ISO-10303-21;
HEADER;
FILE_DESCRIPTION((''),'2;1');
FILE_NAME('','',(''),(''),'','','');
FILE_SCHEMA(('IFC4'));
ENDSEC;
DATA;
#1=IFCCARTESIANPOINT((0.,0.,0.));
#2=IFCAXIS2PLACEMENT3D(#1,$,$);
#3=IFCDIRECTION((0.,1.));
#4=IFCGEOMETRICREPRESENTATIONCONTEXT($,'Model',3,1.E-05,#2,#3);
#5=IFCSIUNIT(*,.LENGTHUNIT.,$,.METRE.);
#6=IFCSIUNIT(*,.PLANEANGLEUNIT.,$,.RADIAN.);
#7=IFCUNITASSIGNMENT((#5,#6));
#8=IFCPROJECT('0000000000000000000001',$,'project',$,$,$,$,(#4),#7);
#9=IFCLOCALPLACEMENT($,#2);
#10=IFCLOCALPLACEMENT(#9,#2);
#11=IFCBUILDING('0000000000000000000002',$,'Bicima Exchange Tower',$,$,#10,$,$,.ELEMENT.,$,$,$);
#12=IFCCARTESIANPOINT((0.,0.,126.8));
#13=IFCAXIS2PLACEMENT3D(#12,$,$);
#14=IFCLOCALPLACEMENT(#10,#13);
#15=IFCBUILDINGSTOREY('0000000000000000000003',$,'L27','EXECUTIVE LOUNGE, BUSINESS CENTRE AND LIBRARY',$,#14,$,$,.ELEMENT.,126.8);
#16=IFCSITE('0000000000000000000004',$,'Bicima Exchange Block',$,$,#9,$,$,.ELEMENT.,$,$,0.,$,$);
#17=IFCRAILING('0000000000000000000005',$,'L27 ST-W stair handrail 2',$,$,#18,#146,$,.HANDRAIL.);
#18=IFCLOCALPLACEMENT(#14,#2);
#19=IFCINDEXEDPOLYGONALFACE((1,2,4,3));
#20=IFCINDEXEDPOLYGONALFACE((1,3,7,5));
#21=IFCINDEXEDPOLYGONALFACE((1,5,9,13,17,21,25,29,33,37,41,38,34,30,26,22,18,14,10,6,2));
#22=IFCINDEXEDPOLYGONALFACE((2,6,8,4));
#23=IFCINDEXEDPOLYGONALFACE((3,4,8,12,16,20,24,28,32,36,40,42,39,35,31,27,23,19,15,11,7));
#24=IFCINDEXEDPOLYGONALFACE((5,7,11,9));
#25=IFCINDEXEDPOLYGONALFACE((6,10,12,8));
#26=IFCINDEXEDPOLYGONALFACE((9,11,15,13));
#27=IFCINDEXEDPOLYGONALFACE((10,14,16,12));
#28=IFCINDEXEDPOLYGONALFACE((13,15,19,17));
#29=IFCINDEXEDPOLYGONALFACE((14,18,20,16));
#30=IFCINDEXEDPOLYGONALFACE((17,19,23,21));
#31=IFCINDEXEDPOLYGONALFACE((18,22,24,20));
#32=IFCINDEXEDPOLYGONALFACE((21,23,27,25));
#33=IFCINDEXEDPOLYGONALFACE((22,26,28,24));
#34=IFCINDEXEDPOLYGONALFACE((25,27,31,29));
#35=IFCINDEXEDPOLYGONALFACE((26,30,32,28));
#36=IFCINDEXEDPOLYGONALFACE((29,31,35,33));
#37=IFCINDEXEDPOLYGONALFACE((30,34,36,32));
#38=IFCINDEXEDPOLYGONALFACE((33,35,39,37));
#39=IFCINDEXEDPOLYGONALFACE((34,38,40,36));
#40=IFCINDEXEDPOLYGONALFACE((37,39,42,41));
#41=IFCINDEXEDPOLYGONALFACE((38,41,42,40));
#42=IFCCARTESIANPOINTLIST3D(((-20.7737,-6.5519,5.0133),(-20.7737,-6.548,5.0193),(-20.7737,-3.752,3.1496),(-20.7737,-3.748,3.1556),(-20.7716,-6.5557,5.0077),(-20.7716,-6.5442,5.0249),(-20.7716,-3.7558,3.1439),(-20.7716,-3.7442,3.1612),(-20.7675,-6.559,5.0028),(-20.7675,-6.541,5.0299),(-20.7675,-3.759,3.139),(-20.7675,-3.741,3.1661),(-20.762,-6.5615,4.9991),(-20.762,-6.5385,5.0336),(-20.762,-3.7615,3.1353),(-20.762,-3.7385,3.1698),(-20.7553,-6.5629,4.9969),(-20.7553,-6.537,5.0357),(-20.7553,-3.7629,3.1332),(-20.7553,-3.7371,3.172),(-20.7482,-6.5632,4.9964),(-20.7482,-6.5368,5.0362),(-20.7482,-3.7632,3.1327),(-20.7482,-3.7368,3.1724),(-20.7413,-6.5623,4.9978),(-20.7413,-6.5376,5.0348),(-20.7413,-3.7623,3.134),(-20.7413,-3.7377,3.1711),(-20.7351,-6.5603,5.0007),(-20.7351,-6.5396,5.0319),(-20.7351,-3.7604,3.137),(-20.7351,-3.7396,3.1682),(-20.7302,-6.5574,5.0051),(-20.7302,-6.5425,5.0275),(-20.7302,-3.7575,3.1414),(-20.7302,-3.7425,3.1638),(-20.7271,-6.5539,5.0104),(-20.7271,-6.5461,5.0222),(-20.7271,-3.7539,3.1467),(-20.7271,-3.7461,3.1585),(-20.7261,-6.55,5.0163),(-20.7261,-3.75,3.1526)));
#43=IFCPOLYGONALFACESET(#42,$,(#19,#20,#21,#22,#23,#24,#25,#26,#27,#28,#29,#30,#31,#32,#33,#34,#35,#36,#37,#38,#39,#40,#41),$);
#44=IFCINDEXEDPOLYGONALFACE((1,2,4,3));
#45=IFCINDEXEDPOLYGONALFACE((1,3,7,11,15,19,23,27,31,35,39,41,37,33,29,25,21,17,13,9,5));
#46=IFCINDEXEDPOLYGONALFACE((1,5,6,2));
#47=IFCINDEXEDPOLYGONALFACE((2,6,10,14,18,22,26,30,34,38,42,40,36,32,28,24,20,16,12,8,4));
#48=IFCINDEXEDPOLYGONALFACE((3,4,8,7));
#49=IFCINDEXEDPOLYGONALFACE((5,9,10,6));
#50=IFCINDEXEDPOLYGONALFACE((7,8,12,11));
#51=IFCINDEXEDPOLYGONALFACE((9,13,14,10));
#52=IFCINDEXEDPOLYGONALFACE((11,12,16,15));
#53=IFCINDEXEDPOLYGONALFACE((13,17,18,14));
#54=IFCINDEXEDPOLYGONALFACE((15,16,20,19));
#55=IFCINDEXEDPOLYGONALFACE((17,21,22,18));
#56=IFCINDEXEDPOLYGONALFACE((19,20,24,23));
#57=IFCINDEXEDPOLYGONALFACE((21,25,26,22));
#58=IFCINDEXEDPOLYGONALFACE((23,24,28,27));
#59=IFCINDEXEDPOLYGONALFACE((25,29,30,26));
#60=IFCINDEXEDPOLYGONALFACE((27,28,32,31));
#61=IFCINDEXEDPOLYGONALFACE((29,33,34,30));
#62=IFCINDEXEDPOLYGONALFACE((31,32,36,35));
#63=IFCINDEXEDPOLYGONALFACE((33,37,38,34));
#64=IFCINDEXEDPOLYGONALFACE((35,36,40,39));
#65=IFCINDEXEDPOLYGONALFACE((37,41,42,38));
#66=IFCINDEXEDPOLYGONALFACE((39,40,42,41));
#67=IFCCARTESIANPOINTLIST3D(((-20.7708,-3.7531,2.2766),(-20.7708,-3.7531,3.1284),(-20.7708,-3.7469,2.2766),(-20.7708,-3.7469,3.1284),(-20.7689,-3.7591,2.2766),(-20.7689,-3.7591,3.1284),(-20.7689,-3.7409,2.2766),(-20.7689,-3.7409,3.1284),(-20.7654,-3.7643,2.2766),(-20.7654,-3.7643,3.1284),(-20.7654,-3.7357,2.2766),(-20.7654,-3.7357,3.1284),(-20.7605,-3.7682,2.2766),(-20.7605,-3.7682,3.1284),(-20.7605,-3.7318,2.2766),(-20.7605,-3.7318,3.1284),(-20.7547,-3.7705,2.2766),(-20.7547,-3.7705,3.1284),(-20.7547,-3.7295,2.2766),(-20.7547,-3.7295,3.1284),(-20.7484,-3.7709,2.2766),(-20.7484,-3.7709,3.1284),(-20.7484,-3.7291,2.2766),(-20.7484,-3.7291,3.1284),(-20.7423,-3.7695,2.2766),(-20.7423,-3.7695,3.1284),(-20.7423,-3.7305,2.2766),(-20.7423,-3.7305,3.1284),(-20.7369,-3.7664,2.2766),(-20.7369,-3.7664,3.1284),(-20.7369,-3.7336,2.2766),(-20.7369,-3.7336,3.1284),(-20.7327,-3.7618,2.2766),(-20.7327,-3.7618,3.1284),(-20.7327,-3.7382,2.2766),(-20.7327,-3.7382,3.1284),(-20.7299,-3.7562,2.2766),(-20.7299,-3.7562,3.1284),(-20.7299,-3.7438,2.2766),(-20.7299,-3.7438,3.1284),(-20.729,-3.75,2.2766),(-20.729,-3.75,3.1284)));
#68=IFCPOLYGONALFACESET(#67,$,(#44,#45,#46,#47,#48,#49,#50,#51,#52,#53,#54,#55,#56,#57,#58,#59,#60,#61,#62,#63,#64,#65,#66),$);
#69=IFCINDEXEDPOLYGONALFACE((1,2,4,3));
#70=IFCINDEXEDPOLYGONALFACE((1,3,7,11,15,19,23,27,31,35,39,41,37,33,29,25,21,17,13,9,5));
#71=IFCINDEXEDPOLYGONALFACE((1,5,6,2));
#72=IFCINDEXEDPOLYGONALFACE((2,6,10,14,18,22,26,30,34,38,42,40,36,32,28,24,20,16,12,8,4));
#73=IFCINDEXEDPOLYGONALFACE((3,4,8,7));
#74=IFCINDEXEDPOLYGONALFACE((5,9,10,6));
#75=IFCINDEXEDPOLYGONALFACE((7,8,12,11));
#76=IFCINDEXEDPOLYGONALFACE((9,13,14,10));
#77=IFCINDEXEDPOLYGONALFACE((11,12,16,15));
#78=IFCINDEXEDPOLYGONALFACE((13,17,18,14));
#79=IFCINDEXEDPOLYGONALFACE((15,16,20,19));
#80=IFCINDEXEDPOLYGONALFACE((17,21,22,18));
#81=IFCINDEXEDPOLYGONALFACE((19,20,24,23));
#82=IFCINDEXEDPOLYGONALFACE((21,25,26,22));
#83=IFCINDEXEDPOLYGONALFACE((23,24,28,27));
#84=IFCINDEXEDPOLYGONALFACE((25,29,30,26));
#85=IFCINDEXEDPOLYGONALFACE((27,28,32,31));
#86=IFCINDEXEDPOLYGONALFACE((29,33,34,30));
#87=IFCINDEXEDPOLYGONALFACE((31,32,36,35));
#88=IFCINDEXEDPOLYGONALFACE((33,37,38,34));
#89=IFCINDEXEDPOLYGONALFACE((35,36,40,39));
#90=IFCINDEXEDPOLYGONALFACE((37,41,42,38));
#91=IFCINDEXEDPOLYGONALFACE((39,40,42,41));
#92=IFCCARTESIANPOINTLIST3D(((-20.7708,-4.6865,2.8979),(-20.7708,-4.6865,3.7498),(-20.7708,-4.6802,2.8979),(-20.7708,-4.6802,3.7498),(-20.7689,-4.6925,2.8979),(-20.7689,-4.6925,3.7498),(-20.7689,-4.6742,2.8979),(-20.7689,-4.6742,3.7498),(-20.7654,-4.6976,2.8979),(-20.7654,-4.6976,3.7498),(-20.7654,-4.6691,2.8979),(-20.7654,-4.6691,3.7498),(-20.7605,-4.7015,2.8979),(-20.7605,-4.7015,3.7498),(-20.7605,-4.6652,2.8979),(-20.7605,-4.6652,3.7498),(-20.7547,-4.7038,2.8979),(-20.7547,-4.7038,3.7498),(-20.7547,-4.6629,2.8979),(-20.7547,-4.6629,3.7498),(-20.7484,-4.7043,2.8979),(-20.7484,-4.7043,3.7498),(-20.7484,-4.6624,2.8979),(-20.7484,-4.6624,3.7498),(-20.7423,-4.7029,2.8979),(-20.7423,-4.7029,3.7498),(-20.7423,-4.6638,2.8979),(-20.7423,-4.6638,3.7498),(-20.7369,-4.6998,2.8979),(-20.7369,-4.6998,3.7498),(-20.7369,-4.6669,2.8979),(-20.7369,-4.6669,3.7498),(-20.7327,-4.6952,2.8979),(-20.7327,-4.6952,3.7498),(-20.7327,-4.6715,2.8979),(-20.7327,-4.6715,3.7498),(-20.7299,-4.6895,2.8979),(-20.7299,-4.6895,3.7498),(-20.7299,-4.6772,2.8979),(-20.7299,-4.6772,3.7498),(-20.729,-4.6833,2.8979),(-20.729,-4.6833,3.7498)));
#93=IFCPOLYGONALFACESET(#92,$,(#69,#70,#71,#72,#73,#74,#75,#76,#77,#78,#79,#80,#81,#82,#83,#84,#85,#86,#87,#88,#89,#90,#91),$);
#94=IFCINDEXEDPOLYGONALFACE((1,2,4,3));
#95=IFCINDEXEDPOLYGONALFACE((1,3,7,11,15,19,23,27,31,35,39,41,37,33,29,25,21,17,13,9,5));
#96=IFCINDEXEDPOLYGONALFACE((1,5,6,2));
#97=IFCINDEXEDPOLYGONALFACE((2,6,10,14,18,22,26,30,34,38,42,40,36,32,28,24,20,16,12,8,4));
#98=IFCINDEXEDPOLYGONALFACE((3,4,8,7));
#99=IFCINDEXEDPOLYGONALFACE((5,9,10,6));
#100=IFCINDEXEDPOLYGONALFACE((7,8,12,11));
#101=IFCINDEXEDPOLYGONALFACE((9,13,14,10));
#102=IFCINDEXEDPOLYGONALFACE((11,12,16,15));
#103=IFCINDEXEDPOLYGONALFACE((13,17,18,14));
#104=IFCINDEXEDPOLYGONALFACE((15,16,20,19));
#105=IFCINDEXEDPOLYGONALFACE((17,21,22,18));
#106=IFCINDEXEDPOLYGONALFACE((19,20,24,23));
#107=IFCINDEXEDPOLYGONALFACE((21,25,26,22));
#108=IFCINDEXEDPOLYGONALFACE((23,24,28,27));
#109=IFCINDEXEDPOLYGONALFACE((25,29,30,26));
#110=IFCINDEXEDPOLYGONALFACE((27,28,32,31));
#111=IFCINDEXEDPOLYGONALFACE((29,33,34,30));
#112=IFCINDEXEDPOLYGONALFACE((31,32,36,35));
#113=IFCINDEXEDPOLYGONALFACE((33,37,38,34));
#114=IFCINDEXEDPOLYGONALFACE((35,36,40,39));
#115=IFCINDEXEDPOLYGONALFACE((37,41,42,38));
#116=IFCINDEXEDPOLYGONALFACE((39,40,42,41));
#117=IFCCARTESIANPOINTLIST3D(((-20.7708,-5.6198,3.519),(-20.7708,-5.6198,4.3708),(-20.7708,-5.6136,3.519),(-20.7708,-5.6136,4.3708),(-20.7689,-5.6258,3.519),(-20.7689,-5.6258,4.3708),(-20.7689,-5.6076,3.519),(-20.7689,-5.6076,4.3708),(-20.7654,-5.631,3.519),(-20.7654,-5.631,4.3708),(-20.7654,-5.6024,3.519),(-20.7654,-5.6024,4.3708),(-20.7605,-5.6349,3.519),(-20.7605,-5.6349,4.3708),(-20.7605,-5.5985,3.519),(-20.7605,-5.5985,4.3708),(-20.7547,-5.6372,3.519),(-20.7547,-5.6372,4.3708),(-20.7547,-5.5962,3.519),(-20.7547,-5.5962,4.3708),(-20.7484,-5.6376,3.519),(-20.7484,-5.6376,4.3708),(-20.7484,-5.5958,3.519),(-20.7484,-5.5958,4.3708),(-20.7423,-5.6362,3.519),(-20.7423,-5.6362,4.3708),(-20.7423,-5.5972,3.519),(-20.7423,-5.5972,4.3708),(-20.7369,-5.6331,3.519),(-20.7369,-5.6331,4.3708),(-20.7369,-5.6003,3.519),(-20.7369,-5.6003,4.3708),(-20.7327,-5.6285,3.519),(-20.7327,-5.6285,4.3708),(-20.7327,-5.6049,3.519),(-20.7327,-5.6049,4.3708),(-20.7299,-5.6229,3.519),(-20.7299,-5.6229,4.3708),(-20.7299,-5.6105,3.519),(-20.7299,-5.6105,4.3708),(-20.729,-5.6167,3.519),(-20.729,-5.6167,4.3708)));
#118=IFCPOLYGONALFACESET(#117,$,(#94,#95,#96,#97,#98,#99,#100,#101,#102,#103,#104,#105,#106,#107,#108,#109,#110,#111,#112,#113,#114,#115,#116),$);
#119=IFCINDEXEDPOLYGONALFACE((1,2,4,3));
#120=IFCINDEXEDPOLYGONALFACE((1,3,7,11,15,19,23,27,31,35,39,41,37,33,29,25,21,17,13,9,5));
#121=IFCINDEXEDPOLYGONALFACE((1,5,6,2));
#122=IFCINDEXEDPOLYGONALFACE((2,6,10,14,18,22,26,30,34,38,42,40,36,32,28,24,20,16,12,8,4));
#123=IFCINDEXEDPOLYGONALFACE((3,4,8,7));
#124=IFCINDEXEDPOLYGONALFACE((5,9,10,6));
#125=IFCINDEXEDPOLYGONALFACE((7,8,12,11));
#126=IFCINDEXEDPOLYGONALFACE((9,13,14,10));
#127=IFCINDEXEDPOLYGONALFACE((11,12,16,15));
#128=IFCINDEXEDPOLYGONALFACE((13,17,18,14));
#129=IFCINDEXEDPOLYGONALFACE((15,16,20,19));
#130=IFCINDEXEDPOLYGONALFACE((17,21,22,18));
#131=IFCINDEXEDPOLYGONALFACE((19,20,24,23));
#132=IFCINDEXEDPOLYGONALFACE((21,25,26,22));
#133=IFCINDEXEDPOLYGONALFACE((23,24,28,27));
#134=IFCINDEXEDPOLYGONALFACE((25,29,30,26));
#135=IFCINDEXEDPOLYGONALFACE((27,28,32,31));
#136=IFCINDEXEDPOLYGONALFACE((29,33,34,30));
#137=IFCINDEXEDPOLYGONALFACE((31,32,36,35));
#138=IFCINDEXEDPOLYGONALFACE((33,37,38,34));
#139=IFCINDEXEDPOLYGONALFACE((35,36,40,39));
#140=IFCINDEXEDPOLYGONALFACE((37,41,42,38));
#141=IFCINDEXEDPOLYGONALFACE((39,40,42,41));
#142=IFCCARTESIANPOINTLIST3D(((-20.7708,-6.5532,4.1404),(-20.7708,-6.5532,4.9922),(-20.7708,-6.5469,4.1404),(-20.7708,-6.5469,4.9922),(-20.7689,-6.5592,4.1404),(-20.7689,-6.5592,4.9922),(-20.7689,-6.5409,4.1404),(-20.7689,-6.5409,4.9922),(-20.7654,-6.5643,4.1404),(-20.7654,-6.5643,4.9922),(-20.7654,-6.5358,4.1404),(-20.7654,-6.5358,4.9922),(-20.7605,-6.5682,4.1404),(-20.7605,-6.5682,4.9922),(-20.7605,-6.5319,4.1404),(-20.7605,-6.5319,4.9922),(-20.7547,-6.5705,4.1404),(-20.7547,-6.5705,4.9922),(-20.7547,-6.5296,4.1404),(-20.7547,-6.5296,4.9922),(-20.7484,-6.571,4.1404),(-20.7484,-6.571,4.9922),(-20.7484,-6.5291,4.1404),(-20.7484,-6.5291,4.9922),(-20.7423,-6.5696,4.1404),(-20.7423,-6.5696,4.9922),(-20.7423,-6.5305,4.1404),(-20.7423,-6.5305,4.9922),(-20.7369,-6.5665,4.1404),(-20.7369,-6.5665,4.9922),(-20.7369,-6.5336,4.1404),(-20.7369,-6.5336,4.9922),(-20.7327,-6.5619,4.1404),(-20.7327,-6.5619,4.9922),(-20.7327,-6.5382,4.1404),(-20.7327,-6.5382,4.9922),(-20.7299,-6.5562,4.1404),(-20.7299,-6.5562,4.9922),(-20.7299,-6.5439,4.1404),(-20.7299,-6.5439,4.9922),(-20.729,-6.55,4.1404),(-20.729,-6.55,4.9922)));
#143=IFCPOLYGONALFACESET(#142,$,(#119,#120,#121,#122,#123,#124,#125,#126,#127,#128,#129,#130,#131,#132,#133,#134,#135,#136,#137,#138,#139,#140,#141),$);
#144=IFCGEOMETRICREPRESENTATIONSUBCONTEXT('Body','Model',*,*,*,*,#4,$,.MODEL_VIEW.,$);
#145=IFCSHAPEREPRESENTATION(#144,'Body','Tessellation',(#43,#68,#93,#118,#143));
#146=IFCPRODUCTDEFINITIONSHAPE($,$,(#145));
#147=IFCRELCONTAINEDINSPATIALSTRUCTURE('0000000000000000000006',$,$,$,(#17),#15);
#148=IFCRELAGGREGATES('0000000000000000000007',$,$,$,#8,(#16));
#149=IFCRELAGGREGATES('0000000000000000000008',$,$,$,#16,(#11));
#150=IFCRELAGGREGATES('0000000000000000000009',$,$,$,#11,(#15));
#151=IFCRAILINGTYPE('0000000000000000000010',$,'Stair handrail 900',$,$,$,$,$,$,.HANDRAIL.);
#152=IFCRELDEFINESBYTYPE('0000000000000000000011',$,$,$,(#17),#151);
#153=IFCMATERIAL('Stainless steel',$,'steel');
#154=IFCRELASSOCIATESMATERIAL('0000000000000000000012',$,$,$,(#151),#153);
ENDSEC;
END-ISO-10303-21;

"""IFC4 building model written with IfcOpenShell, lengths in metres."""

from ifc_helpers import new_model, si_unit, direction, frame, origin, origin_2d, place, context, subcontext, project, spatial, circle, extrude, material, type_object, element, save


model = new_model("IFC4")

# Units and contexts
model_context = context("Model", 3, precision=1e-05, world=origin(), true_north=direction((0.0, 1.0)))
body_context = subcontext(model_context, "Body", "Model", "MODEL_VIEW")
ifc_project = project(units=[si_unit("LENGTHUNIT", "METRE"), si_unit("PLANEANGLEUNIT", "RADIAN")], contexts=[model_context])

# Site, building, storey
site_placement = place(None, origin())
site = spatial("IfcSite", under=ifc_project, at=site_placement, Name="Bicima Exchange Block", CompositionType="ELEMENT", RefElevation=0.0)
building_placement = place(site_placement, origin())
building = spatial("IfcBuilding", under=site, at=building_placement, Name="Bicima Exchange Tower", CompositionType="ELEMENT")
storey_placement = place(building_placement, frame((0.0, 0.0, 126.8)))
storey = spatial("IfcBuildingStorey", under=building, at=storey_placement, Name="L27", Description="EXECUTIVE LOUNGE, BUSINESS CENTRE AND LIBRARY", CompositionType="ELEMENT", Elevation=126.8)

# Shared definitions
ifc_material_1 = material(Name="Stainless steel", Category="steel")

# Railing
railing_type_1 = type_object("IfcRailingType", Name="Stair handrail 900", PredefinedType="HANDRAIL", material=ifc_material_1)
railing_1_placement = place(storey_placement, frame((-20.75, -3.75, 2.2766)))
element("IfcRailing", 1, at=railing_1_placement, inside=storey, type_object=railing_type_1, Name="L27 ST-W stair handrail 2", PredefinedType="HANDRAIL", context=body_context, shape_type="SweptSolid", body=[
    extrude(circle(Radius=0.0239, at=origin_2d()), frame((0.0, 0.0, 0.876), z_axis=(0.0, -0.832452, 0.554097), x_axis=(1.0, 0.0, 0.0)), (0.0, 0.0, 1.0), 3.3635),
    extrude(circle(Radius=0.021, at=origin_2d()), origin(), (0.0, 0.0, 1.0), 0.8518),
    extrude(circle(Radius=0.021, at=origin_2d()), frame((0.0, -0.9333, 0.6213)), (0.0, 0.0, 1.0), 0.8518),
    extrude(circle(Radius=0.021, at=origin_2d()), frame((0.0, -1.8667, 1.2424)), (0.0, 0.0, 1.0), 0.8518),
    extrude(circle(Radius=0.021, at=origin_2d()), frame((0.0, -2.8, 1.8638)), (0.0, 0.0, 1.0), 0.8518),
])

save(model, "model.ifc")
